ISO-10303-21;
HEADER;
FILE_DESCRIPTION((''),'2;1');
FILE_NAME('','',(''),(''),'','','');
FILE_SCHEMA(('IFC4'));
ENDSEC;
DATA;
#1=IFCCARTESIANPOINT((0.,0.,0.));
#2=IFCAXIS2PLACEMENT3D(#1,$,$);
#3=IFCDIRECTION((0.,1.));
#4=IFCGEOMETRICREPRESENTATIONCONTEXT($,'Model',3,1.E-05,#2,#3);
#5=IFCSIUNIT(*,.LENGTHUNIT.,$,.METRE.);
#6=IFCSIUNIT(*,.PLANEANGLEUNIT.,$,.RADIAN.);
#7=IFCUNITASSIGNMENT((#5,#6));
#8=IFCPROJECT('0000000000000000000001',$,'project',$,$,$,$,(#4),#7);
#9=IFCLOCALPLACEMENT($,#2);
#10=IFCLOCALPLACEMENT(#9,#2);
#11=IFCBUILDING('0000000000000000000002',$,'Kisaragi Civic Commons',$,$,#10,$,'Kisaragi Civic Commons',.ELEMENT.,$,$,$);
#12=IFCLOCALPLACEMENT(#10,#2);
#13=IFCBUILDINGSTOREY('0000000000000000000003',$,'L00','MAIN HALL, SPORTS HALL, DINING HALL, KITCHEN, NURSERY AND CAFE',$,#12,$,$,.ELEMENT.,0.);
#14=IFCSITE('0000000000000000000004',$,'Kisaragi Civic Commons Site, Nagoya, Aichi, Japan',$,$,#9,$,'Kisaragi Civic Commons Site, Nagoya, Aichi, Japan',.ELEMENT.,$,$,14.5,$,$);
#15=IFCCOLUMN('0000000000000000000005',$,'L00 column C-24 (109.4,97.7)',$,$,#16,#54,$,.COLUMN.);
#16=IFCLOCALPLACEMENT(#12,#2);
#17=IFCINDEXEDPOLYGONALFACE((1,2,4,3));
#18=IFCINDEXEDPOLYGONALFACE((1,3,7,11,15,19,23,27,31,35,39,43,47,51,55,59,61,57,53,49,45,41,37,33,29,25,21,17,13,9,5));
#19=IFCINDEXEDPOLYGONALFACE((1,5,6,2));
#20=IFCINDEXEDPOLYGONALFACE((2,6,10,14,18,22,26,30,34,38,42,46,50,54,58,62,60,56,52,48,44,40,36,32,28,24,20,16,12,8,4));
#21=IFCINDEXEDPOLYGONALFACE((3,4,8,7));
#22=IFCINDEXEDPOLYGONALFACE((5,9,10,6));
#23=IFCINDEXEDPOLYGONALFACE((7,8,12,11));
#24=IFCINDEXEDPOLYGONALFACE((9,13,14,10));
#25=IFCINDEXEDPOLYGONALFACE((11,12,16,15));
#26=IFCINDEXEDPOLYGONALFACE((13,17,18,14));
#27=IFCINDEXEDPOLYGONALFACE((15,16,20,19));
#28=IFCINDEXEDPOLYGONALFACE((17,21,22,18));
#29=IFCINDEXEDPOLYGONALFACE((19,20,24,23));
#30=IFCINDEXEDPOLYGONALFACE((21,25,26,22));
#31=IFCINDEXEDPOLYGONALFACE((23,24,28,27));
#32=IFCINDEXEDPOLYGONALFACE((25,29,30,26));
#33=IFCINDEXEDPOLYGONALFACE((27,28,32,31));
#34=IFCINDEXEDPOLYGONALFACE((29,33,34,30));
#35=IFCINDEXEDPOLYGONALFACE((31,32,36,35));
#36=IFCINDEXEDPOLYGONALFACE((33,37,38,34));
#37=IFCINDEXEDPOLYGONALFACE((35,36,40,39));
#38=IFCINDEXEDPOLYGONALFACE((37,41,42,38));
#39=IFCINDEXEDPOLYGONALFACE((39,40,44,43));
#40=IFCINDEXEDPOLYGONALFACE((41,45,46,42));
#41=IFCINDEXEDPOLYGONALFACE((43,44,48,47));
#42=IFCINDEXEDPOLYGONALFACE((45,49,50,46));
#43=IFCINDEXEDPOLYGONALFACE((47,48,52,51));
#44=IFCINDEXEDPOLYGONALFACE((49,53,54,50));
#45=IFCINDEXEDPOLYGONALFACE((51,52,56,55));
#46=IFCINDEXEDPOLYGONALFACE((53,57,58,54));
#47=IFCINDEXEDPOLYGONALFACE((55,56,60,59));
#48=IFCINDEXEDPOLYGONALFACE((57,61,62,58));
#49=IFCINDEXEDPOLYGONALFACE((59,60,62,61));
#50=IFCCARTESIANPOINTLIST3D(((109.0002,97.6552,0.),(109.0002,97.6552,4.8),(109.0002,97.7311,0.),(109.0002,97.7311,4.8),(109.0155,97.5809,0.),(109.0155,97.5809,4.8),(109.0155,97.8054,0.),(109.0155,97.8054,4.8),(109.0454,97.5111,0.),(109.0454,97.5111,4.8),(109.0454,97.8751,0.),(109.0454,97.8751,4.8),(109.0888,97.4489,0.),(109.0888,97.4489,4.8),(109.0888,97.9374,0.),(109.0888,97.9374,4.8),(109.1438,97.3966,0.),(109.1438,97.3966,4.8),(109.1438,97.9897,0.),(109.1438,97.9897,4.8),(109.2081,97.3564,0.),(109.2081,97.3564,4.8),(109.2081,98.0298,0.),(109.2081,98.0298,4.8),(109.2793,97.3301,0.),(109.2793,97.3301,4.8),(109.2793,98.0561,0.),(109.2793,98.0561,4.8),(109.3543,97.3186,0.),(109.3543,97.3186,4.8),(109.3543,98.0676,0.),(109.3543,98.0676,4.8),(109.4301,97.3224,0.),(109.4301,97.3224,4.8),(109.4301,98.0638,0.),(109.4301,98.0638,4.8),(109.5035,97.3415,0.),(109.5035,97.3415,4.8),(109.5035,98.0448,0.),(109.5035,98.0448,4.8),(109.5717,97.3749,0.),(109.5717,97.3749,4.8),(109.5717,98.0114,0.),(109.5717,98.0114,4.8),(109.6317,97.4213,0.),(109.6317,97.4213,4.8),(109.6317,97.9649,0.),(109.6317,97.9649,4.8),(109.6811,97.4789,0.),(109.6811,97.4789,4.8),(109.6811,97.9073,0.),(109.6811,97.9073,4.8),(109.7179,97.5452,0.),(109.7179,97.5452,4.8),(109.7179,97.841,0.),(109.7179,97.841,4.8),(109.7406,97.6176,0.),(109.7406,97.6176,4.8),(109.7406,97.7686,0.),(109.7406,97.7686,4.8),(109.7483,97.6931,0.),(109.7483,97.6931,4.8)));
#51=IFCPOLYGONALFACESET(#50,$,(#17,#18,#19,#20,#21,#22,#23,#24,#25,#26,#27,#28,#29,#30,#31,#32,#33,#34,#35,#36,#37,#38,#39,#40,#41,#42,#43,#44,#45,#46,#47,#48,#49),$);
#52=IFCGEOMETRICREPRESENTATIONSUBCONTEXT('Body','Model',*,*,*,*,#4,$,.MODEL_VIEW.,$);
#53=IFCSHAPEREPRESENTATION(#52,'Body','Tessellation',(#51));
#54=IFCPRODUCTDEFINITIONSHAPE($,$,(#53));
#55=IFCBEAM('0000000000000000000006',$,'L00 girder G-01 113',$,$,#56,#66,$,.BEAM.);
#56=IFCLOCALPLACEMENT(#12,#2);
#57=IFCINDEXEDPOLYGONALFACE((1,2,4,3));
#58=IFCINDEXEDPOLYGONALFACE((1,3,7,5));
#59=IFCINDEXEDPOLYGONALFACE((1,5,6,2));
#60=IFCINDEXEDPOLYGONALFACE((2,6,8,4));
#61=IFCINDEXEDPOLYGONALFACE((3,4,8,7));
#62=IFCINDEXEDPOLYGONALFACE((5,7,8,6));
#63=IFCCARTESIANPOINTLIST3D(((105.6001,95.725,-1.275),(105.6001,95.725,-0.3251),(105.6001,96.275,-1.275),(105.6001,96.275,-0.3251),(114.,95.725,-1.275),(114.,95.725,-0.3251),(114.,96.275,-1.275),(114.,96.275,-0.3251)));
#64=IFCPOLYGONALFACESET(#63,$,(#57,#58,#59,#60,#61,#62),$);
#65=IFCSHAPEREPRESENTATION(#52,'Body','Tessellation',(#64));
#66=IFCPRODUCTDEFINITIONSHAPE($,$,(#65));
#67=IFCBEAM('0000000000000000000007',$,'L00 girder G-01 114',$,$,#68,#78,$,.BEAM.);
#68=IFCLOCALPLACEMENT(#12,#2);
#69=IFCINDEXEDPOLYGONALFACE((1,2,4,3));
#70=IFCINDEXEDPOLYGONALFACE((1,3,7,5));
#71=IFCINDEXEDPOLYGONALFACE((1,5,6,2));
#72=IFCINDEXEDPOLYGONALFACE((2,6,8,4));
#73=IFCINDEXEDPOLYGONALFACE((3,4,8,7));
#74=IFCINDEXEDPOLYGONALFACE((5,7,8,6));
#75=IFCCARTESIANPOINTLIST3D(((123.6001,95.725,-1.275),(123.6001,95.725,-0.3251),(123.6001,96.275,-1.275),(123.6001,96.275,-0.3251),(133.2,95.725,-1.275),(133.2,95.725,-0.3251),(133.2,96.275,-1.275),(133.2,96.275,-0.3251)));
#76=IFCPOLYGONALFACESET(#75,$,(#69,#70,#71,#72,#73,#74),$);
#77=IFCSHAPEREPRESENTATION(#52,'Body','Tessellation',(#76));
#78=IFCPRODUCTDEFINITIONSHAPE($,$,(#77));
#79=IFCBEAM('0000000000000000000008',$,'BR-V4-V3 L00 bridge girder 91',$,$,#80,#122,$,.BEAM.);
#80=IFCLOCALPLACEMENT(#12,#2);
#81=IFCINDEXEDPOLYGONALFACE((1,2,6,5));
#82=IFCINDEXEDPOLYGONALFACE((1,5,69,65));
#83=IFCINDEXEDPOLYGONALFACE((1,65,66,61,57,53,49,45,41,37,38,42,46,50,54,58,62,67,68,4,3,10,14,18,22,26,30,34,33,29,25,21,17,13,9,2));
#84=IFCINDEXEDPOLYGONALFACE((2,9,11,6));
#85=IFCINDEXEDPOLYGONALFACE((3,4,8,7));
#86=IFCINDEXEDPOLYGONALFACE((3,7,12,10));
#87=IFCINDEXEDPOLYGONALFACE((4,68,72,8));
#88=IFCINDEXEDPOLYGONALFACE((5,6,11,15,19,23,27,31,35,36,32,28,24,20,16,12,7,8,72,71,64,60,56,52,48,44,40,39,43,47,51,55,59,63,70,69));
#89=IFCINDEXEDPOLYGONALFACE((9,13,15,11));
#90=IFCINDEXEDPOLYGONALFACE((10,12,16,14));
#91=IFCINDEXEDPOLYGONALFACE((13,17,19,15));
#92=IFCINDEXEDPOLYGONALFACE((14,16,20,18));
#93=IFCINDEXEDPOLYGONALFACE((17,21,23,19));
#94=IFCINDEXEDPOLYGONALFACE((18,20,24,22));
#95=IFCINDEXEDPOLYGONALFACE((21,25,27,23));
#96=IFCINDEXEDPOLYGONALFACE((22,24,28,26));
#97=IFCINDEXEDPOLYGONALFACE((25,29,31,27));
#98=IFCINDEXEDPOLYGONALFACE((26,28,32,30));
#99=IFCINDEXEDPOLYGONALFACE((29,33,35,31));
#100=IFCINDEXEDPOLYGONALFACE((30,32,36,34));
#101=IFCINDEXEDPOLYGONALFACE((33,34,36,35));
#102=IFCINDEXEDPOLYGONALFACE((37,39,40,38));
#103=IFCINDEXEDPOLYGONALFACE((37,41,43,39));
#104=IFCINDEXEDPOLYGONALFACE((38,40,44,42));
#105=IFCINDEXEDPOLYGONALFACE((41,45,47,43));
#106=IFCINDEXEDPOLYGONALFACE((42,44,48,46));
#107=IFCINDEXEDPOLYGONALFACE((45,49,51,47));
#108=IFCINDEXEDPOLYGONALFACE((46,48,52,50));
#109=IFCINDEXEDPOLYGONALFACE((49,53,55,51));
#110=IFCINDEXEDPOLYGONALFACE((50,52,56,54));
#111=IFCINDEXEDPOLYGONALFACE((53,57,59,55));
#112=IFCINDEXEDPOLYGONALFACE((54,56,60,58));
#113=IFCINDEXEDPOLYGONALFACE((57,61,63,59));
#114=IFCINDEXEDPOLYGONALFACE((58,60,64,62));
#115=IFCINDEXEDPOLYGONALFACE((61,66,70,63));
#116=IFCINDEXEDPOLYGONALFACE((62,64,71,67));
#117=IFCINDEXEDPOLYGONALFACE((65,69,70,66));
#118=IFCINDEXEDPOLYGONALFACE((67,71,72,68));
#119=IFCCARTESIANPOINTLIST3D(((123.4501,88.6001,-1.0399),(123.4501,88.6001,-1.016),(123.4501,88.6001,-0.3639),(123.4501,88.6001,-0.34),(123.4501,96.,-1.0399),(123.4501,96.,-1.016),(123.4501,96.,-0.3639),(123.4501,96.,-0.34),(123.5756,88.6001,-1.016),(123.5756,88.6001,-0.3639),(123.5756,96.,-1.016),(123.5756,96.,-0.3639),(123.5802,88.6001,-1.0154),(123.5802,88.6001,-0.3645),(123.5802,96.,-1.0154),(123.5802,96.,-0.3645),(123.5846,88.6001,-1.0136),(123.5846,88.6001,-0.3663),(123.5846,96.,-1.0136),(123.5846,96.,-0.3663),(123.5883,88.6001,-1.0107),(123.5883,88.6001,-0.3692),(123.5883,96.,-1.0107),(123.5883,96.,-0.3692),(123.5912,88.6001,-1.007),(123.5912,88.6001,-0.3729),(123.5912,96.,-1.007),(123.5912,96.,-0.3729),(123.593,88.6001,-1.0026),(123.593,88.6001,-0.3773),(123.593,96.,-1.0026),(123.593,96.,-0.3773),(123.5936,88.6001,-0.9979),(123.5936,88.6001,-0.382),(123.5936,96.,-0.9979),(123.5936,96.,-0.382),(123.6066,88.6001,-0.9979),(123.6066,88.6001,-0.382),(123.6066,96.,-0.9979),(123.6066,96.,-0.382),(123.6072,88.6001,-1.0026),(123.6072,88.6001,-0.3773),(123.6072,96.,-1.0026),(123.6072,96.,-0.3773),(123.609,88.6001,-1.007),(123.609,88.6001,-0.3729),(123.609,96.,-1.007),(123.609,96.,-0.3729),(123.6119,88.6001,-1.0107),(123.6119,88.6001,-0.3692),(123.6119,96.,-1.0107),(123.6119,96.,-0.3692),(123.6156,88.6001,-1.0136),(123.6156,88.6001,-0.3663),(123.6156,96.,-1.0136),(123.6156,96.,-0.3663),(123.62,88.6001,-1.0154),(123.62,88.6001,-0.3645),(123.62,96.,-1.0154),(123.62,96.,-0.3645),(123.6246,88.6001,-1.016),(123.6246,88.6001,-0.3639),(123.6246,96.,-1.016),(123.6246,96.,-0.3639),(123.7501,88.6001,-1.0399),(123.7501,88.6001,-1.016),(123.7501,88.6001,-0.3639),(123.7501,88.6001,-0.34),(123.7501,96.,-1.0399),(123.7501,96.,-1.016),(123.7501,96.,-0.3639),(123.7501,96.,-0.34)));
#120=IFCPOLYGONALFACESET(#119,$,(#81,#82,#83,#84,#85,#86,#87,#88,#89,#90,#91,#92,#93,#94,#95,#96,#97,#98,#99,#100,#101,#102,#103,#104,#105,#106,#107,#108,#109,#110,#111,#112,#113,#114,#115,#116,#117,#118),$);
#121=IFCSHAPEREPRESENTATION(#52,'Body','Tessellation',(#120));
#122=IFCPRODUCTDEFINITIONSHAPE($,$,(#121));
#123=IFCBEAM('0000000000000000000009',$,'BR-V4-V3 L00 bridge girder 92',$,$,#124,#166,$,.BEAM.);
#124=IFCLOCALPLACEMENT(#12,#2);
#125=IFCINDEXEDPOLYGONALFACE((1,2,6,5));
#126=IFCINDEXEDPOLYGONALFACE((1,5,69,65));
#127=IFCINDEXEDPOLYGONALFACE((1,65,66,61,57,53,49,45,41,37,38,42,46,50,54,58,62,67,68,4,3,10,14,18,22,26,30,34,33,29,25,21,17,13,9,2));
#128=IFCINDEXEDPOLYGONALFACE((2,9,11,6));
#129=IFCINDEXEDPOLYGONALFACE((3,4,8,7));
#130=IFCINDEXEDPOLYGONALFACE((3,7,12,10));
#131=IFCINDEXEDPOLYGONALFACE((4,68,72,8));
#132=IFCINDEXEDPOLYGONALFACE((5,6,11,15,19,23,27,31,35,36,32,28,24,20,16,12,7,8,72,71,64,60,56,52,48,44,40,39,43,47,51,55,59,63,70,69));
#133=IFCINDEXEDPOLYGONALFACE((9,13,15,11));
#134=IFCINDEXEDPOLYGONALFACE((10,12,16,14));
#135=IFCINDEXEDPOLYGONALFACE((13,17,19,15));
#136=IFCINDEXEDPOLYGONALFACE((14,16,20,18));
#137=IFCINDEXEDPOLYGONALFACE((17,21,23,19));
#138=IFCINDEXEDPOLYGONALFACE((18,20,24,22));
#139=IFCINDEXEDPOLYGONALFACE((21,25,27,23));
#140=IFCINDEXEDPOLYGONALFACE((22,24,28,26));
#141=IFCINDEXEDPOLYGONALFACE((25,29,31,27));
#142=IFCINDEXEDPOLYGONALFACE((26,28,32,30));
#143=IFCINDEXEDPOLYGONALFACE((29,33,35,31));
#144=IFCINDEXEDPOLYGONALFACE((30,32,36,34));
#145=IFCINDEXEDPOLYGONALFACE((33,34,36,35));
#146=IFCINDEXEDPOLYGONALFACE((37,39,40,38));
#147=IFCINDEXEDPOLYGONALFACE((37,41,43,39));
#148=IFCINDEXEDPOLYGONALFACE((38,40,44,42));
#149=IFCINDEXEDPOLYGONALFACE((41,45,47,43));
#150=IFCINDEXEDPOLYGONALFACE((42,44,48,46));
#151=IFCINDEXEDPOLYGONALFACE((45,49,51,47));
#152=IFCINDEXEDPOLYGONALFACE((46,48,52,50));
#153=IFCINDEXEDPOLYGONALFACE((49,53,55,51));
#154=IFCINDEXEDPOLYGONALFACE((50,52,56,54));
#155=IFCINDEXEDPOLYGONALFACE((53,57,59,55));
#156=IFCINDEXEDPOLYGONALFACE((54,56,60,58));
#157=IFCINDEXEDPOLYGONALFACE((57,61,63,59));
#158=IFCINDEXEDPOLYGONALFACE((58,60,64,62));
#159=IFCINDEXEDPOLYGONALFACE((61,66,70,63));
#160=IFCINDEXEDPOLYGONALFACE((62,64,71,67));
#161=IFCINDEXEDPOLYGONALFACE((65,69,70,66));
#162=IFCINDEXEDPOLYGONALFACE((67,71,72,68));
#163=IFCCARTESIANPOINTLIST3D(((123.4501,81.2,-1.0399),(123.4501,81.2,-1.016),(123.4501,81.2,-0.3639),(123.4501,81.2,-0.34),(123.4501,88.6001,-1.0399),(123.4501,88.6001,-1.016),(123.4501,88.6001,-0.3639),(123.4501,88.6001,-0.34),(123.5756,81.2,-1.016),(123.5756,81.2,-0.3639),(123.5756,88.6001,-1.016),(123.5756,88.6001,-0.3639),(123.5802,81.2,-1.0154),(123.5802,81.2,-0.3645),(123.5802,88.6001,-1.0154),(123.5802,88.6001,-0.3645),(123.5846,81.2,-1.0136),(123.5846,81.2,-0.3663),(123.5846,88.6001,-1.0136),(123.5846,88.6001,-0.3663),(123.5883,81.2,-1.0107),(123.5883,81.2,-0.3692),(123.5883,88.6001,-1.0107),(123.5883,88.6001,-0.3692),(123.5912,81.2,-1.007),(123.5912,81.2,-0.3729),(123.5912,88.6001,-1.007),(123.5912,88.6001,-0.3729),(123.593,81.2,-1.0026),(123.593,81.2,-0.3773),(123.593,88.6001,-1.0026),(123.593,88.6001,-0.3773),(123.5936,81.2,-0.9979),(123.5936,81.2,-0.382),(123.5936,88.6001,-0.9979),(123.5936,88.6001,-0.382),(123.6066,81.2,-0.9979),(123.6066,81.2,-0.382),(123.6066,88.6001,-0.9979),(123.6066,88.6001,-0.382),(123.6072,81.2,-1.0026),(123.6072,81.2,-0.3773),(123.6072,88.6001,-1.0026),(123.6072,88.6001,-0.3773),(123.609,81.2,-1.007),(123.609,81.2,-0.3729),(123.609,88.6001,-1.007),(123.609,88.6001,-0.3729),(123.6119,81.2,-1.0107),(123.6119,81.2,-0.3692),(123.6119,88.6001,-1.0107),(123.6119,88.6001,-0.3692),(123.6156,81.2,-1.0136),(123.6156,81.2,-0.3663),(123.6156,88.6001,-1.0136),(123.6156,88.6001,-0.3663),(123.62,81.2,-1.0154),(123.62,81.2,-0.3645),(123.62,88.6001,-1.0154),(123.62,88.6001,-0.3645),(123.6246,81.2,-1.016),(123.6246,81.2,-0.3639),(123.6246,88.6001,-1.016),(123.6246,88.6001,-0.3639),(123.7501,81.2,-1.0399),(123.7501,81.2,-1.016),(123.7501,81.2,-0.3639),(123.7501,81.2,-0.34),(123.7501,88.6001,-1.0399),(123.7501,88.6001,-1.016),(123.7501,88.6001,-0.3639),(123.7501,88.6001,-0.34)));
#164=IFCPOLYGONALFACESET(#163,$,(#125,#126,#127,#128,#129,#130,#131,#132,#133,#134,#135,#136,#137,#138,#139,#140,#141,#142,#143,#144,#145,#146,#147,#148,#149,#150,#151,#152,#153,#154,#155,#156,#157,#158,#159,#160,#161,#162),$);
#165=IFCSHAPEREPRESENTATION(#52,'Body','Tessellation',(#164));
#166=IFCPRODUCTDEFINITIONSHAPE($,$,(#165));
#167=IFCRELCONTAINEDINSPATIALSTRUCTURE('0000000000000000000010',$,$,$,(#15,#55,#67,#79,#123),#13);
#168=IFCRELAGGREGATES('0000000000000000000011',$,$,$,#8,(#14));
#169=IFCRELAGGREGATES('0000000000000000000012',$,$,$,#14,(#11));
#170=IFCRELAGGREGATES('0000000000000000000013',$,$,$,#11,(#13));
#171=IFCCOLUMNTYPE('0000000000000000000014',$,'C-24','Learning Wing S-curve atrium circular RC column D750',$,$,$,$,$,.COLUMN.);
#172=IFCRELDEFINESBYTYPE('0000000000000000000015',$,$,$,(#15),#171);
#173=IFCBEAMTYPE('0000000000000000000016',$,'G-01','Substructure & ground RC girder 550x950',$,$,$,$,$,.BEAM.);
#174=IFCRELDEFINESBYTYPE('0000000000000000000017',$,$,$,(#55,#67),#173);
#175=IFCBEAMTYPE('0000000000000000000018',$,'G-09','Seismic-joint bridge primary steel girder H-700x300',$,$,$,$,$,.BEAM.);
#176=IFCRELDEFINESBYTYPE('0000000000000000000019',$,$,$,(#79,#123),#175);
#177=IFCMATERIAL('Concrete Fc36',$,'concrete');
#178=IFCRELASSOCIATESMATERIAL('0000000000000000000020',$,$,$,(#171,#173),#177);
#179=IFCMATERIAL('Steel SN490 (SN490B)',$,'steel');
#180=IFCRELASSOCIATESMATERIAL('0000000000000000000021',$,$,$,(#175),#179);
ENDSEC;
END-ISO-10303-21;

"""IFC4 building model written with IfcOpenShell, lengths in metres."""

from ifc_helpers import new_model, si_unit, direction, frame, origin, origin_2d, place, context, subcontext, project, spatial, rectangle, circle, i_section, extrude, material, material_profile, profile_set, type_object, element, save


model = new_model("IFC4")

# Units and contexts
model_context = context("Model", 3, precision=1e-05, world=origin(), true_north=direction((0.0, 1.0)))
body_context = subcontext(model_context, "Body", "Model", "MODEL_VIEW")
ifc_project = project(units=[si_unit("LENGTHUNIT", "METRE"), si_unit("PLANEANGLEUNIT", "RADIAN")], contexts=[model_context])

# Site, building, storey
site_placement = place(None, origin())
site = spatial("IfcSite", under=ifc_project, at=site_placement, Name="Kisaragi Civic Commons Site, Nagoya, Aichi, Japan", LongName="Kisaragi Civic Commons Site, Nagoya, Aichi, Japan", CompositionType="ELEMENT", RefElevation=14.5)
building_placement = place(site_placement, origin())
building = spatial("IfcBuilding", under=site, at=building_placement, Name="Kisaragi Civic Commons", LongName="Kisaragi Civic Commons", CompositionType="ELEMENT")
storey_placement = place(building_placement, origin())
storey = spatial("IfcBuildingStorey", under=building, at=storey_placement, Name="L00", Description="MAIN HALL, SPORTS HALL, DINING HALL, KITCHEN, NURSERY AND CAFE", CompositionType="ELEMENT", Elevation=0.0)

# Column
ifc_material_1 = material(Name="Concrete Fc36", Category="concrete")
ifc_material_profile_1 = material_profile(ifc_material_1, circle(Radius=0.375, at=origin_2d()), Name="RC-D750", Category="concrete")
ifc_profile_set_1 = profile_set([ifc_material_profile_1], Name="Concrete Fc36")
column_type_1 = type_object("IfcColumnType", Name="C-24", Description="Learning Wing S-curve atrium circular RC column D750", PredefinedType="COLUMN", material=ifc_profile_set_1)
for number, where, z_axis, x_axis, name in (
    (1, (109.3733, 97.6931, 0.0), (0.0, 0.0, 1.0), (1.0, 0.0, 0.0), "L00 column C-24 (109.4,97.7)"),
):
    element("IfcColumn", number, at=place(storey_placement, frame(where, z_axis=z_axis, x_axis=x_axis)), inside=storey, type_object=column_type_1, Name=name, PredefinedType="COLUMN", context=body_context, shape_type="SweptSolid", body=[
        extrude(circle(Radius=0.375, at=origin_2d()), origin(), (0.0, 0.0, 1.0), 4.8),
    ])

# Beams
ifc_material_profile_2 = material_profile(ifc_material_1, rectangle(XDim=0.55, YDim=0.95, at=origin_2d()), Name="RC-550x950", Category="concrete")
ifc_profile_set_2 = profile_set([ifc_material_profile_2], Name="Concrete Fc36")
beam_type_1 = type_object("IfcBeamType", Name="G-01", Description="Substructure & ground RC girder 550x950", PredefinedType="BEAM", material=ifc_profile_set_2)
beam_1_placement = place(storey_placement, frame((105.6001, 96.0, -0.8), z_axis=(1.0, 0.0, 0.0), x_axis=(0.0, 1.0, 0.0)))
element("IfcBeam", 2, at=beam_1_placement, inside=storey, type_object=beam_type_1, Name="L00 girder G-01 113", PredefinedType="BEAM", context=body_context, shape_type="SweptSolid", body=[
    extrude(rectangle(XDim=0.55, YDim=0.95, at=origin_2d()), origin(), (0.0, 0.0, 1.0), 8.3999),
])
beam_2_placement = place(storey_placement, frame((123.6001, 96.0, -0.8), z_axis=(1.0, 0.0, 0.0), x_axis=(0.0, 1.0, 0.0)))
element("IfcBeam", 3, at=beam_2_placement, inside=storey, type_object=beam_type_1, Name="L00 girder G-01 114", PredefinedType="BEAM", context=body_context, shape_type="SweptSolid", body=[
    extrude(rectangle(XDim=0.55, YDim=0.95, at=origin_2d()), origin(), (0.0, 0.0, 1.0), 9.5999),
])
ifc_material_2 = material(Name="Steel SN490 (SN490B)", Category="steel")
ifc_material_profile_3 = material_profile(ifc_material_2, i_section(OverallWidth=0.3, OverallDepth=0.7, WebThickness=0.0129, FlangeThickness=0.0239, FilletRadius=0.0181, at=origin_2d()), Name="H-700x300x13x24", Category="steel")
ifc_profile_set_3 = profile_set([ifc_material_profile_3], Name="Steel SN490 (SN490B)")
beam_type_2 = type_object("IfcBeamType", Name="G-09", Description="Seismic-joint bridge primary steel girder H-700x300", PredefinedType="BEAM", material=ifc_profile_set_3)
beam_3_placement = place(storey_placement, frame((123.6001, 96.0, -0.6899), z_axis=(0.0, -1.0, 0.0), x_axis=(1.0, 0.0, 0.0)))
element("IfcBeam", 4, at=beam_3_placement, inside=storey, type_object=beam_type_2, Name="BR-V4-V3 L00 bridge girder 91", PredefinedType="BEAM", context=body_context, shape_type="SweptSolid", body=[
    extrude(i_section(OverallWidth=0.3, OverallDepth=0.7, WebThickness=0.0129, FlangeThickness=0.0239, FilletRadius=0.0181, at=origin_2d()), origin(), (0.0, 0.0, 1.0), 7.3999),
])
beam_4_placement = place(storey_placement, frame((123.6001, 88.6001, -0.6899), z_axis=(0.0, -1.0, 0.0), x_axis=(1.0, 0.0, 0.0)))
element("IfcBeam", 5, at=beam_4_placement, inside=storey, type_object=beam_type_2, Name="BR-V4-V3 L00 bridge girder 92", PredefinedType="BEAM", context=body_context, shape_type="SweptSolid", body=[
    extrude(i_section(OverallWidth=0.3, OverallDepth=0.7, WebThickness=0.0129, FlangeThickness=0.0239, FilletRadius=0.0181, at=origin_2d()), origin(), (0.0, 0.0, 1.0), 7.4001),
])

save(model, "model.ifc")
